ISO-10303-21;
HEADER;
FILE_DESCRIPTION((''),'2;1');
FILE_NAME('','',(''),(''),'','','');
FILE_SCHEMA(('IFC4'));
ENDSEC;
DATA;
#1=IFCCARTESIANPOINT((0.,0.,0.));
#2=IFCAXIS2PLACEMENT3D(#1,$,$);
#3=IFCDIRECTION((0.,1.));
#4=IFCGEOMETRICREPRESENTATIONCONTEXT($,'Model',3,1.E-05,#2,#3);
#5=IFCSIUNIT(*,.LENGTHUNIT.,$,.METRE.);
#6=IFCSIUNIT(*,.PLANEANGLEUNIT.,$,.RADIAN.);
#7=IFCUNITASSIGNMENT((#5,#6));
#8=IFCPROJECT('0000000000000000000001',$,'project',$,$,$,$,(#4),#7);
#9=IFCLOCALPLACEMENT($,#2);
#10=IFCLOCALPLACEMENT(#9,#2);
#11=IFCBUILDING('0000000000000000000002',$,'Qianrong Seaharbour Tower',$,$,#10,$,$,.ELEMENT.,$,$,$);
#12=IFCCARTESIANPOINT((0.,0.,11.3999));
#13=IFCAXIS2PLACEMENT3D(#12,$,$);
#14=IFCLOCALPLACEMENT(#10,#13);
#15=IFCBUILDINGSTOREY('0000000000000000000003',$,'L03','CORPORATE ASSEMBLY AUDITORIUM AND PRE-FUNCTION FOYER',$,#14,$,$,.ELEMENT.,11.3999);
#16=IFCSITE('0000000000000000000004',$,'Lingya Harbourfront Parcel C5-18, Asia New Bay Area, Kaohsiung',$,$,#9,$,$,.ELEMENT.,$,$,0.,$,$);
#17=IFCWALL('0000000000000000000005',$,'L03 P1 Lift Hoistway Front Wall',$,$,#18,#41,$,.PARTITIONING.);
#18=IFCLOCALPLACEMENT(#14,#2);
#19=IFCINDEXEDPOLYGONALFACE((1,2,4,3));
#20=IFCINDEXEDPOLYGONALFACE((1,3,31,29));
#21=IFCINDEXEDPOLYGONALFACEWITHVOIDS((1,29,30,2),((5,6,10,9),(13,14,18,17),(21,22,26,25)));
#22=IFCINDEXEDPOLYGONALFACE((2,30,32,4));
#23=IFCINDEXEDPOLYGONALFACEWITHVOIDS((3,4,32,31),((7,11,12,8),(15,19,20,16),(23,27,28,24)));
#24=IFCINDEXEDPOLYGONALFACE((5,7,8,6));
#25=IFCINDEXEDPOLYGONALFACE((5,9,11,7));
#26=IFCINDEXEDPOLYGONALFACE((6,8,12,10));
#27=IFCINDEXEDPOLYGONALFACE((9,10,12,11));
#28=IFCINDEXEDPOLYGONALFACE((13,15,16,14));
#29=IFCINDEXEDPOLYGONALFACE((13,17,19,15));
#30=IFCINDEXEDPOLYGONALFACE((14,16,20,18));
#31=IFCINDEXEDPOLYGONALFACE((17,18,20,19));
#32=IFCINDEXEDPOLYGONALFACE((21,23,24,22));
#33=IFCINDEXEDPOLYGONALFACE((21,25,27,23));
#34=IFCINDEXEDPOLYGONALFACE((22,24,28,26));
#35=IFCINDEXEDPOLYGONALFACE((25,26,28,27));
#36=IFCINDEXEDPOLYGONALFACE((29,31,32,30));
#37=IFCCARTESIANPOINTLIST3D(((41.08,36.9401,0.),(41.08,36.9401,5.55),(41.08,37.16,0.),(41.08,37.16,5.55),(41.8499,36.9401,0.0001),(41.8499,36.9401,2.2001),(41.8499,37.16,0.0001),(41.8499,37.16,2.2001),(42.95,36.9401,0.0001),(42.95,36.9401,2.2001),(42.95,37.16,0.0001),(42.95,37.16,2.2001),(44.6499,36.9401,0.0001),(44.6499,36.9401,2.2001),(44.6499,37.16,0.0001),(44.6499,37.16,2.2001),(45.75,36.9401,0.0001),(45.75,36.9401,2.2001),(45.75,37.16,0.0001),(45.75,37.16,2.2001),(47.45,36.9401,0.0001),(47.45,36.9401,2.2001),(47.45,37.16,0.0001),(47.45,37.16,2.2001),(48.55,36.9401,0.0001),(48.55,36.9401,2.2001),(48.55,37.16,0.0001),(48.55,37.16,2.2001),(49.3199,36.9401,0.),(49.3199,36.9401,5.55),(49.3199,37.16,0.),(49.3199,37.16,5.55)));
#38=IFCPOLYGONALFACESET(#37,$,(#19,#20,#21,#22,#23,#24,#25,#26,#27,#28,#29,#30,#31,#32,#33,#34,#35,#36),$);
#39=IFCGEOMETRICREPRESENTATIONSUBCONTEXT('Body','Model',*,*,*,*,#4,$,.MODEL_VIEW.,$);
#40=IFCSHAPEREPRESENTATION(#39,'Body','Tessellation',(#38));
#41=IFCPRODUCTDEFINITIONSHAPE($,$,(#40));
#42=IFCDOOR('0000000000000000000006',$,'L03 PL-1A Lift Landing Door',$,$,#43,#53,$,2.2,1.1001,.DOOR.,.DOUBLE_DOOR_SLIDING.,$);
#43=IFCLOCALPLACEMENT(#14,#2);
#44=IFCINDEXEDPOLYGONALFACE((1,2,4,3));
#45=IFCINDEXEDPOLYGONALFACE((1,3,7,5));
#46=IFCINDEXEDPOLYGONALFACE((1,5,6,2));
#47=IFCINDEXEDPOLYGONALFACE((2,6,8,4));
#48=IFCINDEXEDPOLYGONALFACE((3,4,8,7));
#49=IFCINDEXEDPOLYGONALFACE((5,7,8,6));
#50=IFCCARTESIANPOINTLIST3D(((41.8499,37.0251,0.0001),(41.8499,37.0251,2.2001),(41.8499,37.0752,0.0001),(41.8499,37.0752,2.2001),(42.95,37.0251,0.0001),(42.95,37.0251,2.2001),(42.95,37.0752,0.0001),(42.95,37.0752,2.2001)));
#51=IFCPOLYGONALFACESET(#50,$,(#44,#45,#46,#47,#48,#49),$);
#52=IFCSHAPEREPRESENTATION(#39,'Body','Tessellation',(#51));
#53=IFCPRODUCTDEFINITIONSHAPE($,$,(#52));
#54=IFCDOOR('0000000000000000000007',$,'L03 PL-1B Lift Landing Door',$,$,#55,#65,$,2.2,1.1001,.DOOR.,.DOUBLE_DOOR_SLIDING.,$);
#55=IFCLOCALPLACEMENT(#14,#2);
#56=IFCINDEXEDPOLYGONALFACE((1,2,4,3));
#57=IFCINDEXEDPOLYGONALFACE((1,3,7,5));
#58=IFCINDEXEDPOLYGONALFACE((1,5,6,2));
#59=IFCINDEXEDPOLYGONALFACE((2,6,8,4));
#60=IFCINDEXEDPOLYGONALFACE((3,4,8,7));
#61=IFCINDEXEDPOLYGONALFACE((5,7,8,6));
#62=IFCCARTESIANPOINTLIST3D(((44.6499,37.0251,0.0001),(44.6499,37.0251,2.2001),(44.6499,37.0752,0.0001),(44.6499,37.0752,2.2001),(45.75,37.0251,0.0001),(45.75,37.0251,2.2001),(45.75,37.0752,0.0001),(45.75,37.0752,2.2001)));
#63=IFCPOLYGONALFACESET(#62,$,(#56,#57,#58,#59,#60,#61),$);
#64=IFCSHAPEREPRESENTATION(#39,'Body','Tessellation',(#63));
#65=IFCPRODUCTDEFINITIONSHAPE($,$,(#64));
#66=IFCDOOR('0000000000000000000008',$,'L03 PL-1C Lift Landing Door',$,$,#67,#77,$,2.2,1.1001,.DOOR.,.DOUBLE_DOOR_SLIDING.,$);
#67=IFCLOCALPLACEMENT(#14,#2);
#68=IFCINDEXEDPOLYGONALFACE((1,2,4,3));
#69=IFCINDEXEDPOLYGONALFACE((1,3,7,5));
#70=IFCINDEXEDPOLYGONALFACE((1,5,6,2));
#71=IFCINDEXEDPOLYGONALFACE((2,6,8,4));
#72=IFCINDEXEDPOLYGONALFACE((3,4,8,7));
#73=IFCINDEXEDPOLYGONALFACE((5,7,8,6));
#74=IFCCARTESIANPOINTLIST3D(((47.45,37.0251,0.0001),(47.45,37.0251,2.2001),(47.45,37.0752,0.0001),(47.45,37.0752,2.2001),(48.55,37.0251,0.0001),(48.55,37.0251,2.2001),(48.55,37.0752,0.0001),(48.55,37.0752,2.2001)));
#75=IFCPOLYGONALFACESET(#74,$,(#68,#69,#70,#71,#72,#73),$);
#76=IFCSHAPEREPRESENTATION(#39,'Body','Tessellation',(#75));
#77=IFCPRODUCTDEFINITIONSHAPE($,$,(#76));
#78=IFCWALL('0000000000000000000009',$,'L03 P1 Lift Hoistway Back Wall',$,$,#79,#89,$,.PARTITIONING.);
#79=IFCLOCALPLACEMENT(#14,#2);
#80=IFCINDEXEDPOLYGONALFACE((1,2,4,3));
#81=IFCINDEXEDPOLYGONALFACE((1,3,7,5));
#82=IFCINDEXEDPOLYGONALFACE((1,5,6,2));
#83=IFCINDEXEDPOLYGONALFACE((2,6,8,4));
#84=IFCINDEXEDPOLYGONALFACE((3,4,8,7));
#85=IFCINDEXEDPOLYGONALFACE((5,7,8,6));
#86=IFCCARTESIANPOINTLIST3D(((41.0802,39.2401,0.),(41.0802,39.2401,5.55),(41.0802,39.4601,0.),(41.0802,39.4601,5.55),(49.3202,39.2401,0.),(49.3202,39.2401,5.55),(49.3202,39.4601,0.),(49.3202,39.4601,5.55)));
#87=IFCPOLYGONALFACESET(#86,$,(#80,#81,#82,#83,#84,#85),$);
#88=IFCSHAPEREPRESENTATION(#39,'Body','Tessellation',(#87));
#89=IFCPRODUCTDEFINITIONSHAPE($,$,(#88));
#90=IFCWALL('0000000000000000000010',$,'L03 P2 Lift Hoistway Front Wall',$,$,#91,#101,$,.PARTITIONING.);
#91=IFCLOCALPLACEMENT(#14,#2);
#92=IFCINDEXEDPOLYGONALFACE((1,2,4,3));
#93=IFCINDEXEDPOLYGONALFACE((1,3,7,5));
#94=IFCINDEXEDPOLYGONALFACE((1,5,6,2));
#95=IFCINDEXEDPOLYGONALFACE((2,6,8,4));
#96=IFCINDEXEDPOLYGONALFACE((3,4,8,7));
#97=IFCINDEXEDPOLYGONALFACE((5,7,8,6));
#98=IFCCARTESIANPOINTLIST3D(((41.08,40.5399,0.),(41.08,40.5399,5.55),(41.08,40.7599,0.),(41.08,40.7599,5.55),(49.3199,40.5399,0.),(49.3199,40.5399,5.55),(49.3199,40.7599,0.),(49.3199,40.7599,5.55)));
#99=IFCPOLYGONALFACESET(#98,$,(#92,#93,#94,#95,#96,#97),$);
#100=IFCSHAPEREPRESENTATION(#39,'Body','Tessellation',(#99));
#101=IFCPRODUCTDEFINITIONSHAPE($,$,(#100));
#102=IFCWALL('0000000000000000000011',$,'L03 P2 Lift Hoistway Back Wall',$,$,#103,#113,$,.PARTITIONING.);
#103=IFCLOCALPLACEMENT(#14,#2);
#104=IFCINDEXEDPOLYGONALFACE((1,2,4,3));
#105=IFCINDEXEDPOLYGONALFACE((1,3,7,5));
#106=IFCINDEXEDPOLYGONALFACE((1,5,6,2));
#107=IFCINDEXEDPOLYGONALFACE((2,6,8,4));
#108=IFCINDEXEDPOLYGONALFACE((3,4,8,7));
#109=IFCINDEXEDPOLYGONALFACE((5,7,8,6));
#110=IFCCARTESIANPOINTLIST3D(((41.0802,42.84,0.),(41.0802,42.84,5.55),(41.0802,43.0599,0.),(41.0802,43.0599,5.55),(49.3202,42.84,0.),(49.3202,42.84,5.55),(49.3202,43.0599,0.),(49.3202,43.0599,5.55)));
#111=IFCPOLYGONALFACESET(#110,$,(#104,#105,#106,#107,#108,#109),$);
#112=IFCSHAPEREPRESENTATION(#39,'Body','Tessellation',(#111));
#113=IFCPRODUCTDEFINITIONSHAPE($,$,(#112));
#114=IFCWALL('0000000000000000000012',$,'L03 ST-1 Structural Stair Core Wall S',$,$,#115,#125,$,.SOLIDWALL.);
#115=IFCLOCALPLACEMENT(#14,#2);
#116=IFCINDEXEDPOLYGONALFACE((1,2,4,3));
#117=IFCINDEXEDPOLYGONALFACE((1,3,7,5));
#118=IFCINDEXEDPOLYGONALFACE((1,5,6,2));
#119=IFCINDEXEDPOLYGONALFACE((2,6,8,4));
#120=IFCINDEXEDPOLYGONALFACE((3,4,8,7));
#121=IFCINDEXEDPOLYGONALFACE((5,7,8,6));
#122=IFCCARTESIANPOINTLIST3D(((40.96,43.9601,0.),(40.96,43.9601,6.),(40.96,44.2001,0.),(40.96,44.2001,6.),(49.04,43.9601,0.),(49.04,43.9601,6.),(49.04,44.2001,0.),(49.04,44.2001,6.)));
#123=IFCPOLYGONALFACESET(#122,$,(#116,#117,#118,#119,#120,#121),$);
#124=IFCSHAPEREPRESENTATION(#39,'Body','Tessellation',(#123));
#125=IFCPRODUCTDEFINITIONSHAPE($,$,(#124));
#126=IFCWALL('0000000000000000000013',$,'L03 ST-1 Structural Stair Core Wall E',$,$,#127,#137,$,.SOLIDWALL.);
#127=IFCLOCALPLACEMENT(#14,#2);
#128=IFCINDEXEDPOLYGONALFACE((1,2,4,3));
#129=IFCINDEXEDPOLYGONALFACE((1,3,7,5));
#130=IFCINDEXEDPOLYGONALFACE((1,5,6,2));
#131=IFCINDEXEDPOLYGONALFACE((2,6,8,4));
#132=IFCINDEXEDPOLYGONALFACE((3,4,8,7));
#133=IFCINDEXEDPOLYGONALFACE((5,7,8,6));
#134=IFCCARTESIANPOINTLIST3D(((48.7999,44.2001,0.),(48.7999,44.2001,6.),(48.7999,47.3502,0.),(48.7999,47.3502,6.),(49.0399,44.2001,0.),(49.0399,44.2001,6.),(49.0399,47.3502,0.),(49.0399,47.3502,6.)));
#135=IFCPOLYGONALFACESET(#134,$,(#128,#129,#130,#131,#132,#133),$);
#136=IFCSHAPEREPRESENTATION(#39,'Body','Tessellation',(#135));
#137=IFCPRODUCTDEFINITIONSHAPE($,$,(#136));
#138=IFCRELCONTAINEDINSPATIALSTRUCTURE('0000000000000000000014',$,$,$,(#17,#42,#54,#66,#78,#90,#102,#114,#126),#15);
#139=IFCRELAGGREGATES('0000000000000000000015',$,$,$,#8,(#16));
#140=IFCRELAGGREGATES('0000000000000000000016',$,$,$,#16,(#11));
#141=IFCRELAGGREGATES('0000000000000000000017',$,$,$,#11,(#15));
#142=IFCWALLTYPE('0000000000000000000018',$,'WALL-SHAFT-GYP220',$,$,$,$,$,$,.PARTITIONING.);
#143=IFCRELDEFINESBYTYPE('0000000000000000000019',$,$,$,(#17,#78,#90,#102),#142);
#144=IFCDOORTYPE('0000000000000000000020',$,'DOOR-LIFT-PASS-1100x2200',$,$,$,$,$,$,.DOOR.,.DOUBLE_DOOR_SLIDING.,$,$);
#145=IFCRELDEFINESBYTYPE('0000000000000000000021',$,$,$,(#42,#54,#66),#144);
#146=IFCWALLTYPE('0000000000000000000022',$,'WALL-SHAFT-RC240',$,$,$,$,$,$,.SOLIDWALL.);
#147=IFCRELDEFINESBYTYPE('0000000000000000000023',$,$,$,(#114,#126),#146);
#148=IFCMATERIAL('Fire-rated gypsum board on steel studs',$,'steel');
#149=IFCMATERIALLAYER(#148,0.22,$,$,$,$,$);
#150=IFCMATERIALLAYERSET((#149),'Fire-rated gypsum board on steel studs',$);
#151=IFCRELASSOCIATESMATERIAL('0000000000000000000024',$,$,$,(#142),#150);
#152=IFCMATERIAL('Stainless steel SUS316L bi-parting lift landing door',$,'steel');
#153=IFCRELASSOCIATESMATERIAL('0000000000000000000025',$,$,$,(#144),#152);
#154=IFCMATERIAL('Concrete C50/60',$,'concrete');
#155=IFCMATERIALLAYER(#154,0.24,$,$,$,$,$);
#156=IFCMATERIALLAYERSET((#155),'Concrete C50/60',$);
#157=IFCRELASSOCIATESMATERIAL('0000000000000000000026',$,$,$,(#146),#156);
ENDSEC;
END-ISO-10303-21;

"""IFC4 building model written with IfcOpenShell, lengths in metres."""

from ifc_helpers import new_model, si_unit, direction, frame, frame_2d, origin, place, context, subcontext, project, spatial, rectangle, extrude, material, layer, layer_set, type_object, element, fill, save


model = new_model("IFC4")

# Units and contexts
model_context = context("Model", 3, precision=1e-05, world=origin(), true_north=direction((0.0, 1.0)))
body_context = subcontext(model_context, "Body", "Model", "MODEL_VIEW")
ifc_project = project(units=[si_unit("LENGTHUNIT", "METRE"), si_unit("PLANEANGLEUNIT", "RADIAN")], contexts=[model_context])

# Site, building, storey
site_placement = place(None, origin())
site = spatial("IfcSite", under=ifc_project, at=site_placement, Name="Lingya Harbourfront Parcel C5-18, Asia New Bay Area, Kaohsiung", CompositionType="ELEMENT", RefElevation=0.0)
building_placement = place(site_placement, origin())
building = spatial("IfcBuilding", under=site, at=building_placement, Name="Qianrong Seaharbour Tower", CompositionType="ELEMENT")
storey_placement = place(building_placement, frame((0.0, 0.0, 11.3999)))
storey = spatial("IfcBuildingStorey", under=building, at=storey_placement, Name="L03", Description="CORPORATE ASSEMBLY AUDITORIUM AND PRE-FUNCTION FOYER", CompositionType="ELEMENT", Elevation=11.3999)

# Shared definitions
ifc_material_1 = material(Name="Fire-rated gypsum board on steel studs", Category="steel")

# Wall, openings, doors
ifc_layer_1 = layer(ifc_material_1, 0.22)
ifc_layer_set_1 = layer_set([ifc_layer_1], Name="Fire-rated gypsum board on steel studs")
wall_type_1 = type_object("IfcWallType", Name="WALL-SHAFT-GYP220", PredefinedType="PARTITIONING", material=ifc_layer_set_1)
wall_1_placement = place(storey_placement, frame((49.3201, 37.05, 0.0), z_axis=(0.0, 0.0, 1.0), x_axis=(-1.0, 0.0, 0.0)))
wall_1 = element("IfcWall", 1, at=wall_1_placement, inside=storey, type_object=wall_type_1, Name="L03 P1 Lift Hoistway Front Wall", PredefinedType="PARTITIONING", context=body_context, shape_type="SweptSolid", body=[
    extrude(rectangle(XDim=8.24, YDim=0.22, at=frame_2d((4.1201, 0.0))), origin(), (0.0, 0.0, 1.0), 5.55),
])
opening_1_placement = place(wall_1_placement, frame((6.3701, 0.0, 0.0)))
opening_1 = element("IfcOpeningElement", 2, at=opening_1_placement, cuts=wall_1, PredefinedType="OPENING", context=body_context, shape_type="SweptSolid", body=[
    extrude(rectangle(XDim=1.1001, YDim=2.2, at=frame_2d((0.55, 1.1001))), frame((0.0, 0.1201, 0.0), z_axis=(0.0, -1.0, 0.0), x_axis=(1.0, 0.0, 0.0)), (0.0, 0.0, 1.0), 0.24),
])
opening_2_placement = place(wall_1_placement, frame((3.5701, 0.0, 0.0)))
opening_2 = element("IfcOpeningElement", 3, at=opening_2_placement, cuts=wall_1, PredefinedType="OPENING", context=body_context, shape_type="SweptSolid", body=[
    extrude(rectangle(XDim=1.1001, YDim=2.2, at=frame_2d((0.55, 1.1001))), frame((0.0, 0.1201, 0.0), z_axis=(0.0, -1.0, 0.0), x_axis=(1.0, 0.0, 0.0)), (0.0, 0.0, 1.0), 0.24),
])
opening_3_placement = place(wall_1_placement, frame((0.77, 0.0, 0.0)))
opening_3 = element("IfcOpeningElement", 4, at=opening_3_placement, cuts=wall_1, PredefinedType="OPENING", context=body_context, shape_type="SweptSolid", body=[
    extrude(rectangle(XDim=1.1001, YDim=2.2, at=frame_2d((0.55, 1.1001))), frame((0.0, 0.1201, 0.0), z_axis=(0.0, -1.0, 0.0), x_axis=(1.0, 0.0, 0.0)), (0.0, 0.0, 1.0), 0.24),
])
ifc_material_2 = material(Name="Stainless steel SUS316L bi-parting lift landing door", Category="steel")
door_type = type_object("IfcDoorType", Name="DOOR-LIFT-PASS-1100x2200", OperationType="DOUBLE_DOOR_SLIDING", PredefinedType="DOOR", material=ifc_material_2)
door_1_placement = place(opening_1_placement, origin())
door_1 = element("IfcDoor", 5, at=door_1_placement, inside=storey, type_object=door_type, Name="L03 PL-1A Lift Landing Door", OperationType="DOUBLE_DOOR_SLIDING", OverallHeight=2.2, OverallWidth=1.1001, PredefinedType="DOOR", context=body_context, shape_type="SweptSolid", body=[
    extrude(rectangle(XDim=1.1001, YDim=2.2, at=frame_2d((0.55, 1.1001))), frame((0.0, 0.0249, 0.0), z_axis=(0.0, -1.0, 0.0), x_axis=(1.0, 0.0, 0.0)), (0.0, 0.0, 1.0), 0.05),
])
fill(opening_1, door_1)
door_2_placement = place(opening_2_placement, origin())
door_2 = element("IfcDoor", 6, at=door_2_placement, inside=storey, type_object=door_type, Name="L03 PL-1B Lift Landing Door", OperationType="DOUBLE_DOOR_SLIDING", OverallHeight=2.2, OverallWidth=1.1001, PredefinedType="DOOR", context=body_context, shape_type="SweptSolid", body=[
    extrude(rectangle(XDim=1.1001, YDim=2.2, at=frame_2d((0.55, 1.1001))), frame((0.0, 0.0249, 0.0), z_axis=(0.0, -1.0, 0.0), x_axis=(1.0, 0.0, 0.0)), (0.0, 0.0, 1.0), 0.05),
])
fill(opening_2, door_2)
door_3_placement = place(opening_3_placement, origin())
door_3 = element("IfcDoor", 7, at=door_3_placement, inside=storey, type_object=door_type, Name="L03 PL-1C Lift Landing Door", OperationType="DOUBLE_DOOR_SLIDING", OverallHeight=2.2, OverallWidth=1.1001, PredefinedType="DOOR", context=body_context, shape_type="SweptSolid", body=[
    extrude(rectangle(XDim=1.1001, YDim=2.2, at=frame_2d((0.55, 1.1001))), frame((0.0, 0.0249, 0.0), z_axis=(0.0, -1.0, 0.0), x_axis=(1.0, 0.0, 0.0)), (0.0, 0.0, 1.0), 0.05),
])
fill(opening_3, door_3)

# Walls
for number, where, z_axis, x_axis, name in (
    (8, (41.0801, 39.3501, 0.0), (0.0, 0.0, 1.0), (1.0, 0.0, 0.0), "L03 P1 Lift Hoistway Back Wall"),
    (9, (49.3201, 40.6499, 0.0), (0.0, 0.0, 1.0), (-1.0, 0.0, 0.0), "L03 P2 Lift Hoistway Front Wall"),
    (10, (41.0801, 42.95, 0.0), (0.0, 0.0, 1.0), (1.0, 0.0, 0.0), "L03 P2 Lift Hoistway Back Wall"),
):
    element("IfcWall", number, at=place(storey_placement, frame(where, z_axis=z_axis, x_axis=x_axis)), inside=storey, type_object=wall_type_1, Name=name, PredefinedType="PARTITIONING", context=body_context, shape_type="SweptSolid", body=[
        extrude(rectangle(XDim=8.24, YDim=0.22, at=frame_2d((4.1201, 0.0))), origin(), (0.0, 0.0, 1.0), 5.55),
    ])
ifc_material_3 = material(Name="Concrete C50/60", Category="concrete")
ifc_layer_2 = layer(ifc_material_3, 0.24)
ifc_layer_set_2 = layer_set([ifc_layer_2], Name="Concrete C50/60")
wall_type_2 = type_object("IfcWallType", Name="WALL-SHAFT-RC240", PredefinedType="SOLIDWALL", material=ifc_layer_set_2)
wall_2_placement = place(storey_placement, frame((49.04, 44.0801, 0.0), z_axis=(0.0, 0.0, 1.0), x_axis=(-1.0, 0.0, 0.0)))
element("IfcWall", 11, at=wall_2_placement, inside=storey, type_object=wall_type_2, Name="L03 ST-1 Structural Stair Core Wall S", PredefinedType="SOLIDWALL", context=body_context, shape_type="SweptSolid", body=[
    extrude(rectangle(XDim=8.0801, YDim=0.24, at=frame_2d((4.04, 0.0))), origin(), (0.0, 0.0, 1.0), 6.0),
])
wall_3_placement = place(storey_placement, frame((48.9199, 44.2, 0.0), z_axis=(0.0, 0.0, 1.0), x_axis=(0.0, 1.0, 0.0)))
element("IfcWall", 12, at=wall_3_placement, inside=storey, type_object=wall_type_2, Name="L03 ST-1 Structural Stair Core Wall E", PredefinedType="SOLIDWALL", context=body_context, shape_type="SweptSolid", body=[
    extrude(rectangle(XDim=3.1501, YDim=0.24, at=frame_2d((1.5752, 0.0))), origin(), (0.0, 0.0, 1.0), 6.0),
])

save(model, "model.ifc")
